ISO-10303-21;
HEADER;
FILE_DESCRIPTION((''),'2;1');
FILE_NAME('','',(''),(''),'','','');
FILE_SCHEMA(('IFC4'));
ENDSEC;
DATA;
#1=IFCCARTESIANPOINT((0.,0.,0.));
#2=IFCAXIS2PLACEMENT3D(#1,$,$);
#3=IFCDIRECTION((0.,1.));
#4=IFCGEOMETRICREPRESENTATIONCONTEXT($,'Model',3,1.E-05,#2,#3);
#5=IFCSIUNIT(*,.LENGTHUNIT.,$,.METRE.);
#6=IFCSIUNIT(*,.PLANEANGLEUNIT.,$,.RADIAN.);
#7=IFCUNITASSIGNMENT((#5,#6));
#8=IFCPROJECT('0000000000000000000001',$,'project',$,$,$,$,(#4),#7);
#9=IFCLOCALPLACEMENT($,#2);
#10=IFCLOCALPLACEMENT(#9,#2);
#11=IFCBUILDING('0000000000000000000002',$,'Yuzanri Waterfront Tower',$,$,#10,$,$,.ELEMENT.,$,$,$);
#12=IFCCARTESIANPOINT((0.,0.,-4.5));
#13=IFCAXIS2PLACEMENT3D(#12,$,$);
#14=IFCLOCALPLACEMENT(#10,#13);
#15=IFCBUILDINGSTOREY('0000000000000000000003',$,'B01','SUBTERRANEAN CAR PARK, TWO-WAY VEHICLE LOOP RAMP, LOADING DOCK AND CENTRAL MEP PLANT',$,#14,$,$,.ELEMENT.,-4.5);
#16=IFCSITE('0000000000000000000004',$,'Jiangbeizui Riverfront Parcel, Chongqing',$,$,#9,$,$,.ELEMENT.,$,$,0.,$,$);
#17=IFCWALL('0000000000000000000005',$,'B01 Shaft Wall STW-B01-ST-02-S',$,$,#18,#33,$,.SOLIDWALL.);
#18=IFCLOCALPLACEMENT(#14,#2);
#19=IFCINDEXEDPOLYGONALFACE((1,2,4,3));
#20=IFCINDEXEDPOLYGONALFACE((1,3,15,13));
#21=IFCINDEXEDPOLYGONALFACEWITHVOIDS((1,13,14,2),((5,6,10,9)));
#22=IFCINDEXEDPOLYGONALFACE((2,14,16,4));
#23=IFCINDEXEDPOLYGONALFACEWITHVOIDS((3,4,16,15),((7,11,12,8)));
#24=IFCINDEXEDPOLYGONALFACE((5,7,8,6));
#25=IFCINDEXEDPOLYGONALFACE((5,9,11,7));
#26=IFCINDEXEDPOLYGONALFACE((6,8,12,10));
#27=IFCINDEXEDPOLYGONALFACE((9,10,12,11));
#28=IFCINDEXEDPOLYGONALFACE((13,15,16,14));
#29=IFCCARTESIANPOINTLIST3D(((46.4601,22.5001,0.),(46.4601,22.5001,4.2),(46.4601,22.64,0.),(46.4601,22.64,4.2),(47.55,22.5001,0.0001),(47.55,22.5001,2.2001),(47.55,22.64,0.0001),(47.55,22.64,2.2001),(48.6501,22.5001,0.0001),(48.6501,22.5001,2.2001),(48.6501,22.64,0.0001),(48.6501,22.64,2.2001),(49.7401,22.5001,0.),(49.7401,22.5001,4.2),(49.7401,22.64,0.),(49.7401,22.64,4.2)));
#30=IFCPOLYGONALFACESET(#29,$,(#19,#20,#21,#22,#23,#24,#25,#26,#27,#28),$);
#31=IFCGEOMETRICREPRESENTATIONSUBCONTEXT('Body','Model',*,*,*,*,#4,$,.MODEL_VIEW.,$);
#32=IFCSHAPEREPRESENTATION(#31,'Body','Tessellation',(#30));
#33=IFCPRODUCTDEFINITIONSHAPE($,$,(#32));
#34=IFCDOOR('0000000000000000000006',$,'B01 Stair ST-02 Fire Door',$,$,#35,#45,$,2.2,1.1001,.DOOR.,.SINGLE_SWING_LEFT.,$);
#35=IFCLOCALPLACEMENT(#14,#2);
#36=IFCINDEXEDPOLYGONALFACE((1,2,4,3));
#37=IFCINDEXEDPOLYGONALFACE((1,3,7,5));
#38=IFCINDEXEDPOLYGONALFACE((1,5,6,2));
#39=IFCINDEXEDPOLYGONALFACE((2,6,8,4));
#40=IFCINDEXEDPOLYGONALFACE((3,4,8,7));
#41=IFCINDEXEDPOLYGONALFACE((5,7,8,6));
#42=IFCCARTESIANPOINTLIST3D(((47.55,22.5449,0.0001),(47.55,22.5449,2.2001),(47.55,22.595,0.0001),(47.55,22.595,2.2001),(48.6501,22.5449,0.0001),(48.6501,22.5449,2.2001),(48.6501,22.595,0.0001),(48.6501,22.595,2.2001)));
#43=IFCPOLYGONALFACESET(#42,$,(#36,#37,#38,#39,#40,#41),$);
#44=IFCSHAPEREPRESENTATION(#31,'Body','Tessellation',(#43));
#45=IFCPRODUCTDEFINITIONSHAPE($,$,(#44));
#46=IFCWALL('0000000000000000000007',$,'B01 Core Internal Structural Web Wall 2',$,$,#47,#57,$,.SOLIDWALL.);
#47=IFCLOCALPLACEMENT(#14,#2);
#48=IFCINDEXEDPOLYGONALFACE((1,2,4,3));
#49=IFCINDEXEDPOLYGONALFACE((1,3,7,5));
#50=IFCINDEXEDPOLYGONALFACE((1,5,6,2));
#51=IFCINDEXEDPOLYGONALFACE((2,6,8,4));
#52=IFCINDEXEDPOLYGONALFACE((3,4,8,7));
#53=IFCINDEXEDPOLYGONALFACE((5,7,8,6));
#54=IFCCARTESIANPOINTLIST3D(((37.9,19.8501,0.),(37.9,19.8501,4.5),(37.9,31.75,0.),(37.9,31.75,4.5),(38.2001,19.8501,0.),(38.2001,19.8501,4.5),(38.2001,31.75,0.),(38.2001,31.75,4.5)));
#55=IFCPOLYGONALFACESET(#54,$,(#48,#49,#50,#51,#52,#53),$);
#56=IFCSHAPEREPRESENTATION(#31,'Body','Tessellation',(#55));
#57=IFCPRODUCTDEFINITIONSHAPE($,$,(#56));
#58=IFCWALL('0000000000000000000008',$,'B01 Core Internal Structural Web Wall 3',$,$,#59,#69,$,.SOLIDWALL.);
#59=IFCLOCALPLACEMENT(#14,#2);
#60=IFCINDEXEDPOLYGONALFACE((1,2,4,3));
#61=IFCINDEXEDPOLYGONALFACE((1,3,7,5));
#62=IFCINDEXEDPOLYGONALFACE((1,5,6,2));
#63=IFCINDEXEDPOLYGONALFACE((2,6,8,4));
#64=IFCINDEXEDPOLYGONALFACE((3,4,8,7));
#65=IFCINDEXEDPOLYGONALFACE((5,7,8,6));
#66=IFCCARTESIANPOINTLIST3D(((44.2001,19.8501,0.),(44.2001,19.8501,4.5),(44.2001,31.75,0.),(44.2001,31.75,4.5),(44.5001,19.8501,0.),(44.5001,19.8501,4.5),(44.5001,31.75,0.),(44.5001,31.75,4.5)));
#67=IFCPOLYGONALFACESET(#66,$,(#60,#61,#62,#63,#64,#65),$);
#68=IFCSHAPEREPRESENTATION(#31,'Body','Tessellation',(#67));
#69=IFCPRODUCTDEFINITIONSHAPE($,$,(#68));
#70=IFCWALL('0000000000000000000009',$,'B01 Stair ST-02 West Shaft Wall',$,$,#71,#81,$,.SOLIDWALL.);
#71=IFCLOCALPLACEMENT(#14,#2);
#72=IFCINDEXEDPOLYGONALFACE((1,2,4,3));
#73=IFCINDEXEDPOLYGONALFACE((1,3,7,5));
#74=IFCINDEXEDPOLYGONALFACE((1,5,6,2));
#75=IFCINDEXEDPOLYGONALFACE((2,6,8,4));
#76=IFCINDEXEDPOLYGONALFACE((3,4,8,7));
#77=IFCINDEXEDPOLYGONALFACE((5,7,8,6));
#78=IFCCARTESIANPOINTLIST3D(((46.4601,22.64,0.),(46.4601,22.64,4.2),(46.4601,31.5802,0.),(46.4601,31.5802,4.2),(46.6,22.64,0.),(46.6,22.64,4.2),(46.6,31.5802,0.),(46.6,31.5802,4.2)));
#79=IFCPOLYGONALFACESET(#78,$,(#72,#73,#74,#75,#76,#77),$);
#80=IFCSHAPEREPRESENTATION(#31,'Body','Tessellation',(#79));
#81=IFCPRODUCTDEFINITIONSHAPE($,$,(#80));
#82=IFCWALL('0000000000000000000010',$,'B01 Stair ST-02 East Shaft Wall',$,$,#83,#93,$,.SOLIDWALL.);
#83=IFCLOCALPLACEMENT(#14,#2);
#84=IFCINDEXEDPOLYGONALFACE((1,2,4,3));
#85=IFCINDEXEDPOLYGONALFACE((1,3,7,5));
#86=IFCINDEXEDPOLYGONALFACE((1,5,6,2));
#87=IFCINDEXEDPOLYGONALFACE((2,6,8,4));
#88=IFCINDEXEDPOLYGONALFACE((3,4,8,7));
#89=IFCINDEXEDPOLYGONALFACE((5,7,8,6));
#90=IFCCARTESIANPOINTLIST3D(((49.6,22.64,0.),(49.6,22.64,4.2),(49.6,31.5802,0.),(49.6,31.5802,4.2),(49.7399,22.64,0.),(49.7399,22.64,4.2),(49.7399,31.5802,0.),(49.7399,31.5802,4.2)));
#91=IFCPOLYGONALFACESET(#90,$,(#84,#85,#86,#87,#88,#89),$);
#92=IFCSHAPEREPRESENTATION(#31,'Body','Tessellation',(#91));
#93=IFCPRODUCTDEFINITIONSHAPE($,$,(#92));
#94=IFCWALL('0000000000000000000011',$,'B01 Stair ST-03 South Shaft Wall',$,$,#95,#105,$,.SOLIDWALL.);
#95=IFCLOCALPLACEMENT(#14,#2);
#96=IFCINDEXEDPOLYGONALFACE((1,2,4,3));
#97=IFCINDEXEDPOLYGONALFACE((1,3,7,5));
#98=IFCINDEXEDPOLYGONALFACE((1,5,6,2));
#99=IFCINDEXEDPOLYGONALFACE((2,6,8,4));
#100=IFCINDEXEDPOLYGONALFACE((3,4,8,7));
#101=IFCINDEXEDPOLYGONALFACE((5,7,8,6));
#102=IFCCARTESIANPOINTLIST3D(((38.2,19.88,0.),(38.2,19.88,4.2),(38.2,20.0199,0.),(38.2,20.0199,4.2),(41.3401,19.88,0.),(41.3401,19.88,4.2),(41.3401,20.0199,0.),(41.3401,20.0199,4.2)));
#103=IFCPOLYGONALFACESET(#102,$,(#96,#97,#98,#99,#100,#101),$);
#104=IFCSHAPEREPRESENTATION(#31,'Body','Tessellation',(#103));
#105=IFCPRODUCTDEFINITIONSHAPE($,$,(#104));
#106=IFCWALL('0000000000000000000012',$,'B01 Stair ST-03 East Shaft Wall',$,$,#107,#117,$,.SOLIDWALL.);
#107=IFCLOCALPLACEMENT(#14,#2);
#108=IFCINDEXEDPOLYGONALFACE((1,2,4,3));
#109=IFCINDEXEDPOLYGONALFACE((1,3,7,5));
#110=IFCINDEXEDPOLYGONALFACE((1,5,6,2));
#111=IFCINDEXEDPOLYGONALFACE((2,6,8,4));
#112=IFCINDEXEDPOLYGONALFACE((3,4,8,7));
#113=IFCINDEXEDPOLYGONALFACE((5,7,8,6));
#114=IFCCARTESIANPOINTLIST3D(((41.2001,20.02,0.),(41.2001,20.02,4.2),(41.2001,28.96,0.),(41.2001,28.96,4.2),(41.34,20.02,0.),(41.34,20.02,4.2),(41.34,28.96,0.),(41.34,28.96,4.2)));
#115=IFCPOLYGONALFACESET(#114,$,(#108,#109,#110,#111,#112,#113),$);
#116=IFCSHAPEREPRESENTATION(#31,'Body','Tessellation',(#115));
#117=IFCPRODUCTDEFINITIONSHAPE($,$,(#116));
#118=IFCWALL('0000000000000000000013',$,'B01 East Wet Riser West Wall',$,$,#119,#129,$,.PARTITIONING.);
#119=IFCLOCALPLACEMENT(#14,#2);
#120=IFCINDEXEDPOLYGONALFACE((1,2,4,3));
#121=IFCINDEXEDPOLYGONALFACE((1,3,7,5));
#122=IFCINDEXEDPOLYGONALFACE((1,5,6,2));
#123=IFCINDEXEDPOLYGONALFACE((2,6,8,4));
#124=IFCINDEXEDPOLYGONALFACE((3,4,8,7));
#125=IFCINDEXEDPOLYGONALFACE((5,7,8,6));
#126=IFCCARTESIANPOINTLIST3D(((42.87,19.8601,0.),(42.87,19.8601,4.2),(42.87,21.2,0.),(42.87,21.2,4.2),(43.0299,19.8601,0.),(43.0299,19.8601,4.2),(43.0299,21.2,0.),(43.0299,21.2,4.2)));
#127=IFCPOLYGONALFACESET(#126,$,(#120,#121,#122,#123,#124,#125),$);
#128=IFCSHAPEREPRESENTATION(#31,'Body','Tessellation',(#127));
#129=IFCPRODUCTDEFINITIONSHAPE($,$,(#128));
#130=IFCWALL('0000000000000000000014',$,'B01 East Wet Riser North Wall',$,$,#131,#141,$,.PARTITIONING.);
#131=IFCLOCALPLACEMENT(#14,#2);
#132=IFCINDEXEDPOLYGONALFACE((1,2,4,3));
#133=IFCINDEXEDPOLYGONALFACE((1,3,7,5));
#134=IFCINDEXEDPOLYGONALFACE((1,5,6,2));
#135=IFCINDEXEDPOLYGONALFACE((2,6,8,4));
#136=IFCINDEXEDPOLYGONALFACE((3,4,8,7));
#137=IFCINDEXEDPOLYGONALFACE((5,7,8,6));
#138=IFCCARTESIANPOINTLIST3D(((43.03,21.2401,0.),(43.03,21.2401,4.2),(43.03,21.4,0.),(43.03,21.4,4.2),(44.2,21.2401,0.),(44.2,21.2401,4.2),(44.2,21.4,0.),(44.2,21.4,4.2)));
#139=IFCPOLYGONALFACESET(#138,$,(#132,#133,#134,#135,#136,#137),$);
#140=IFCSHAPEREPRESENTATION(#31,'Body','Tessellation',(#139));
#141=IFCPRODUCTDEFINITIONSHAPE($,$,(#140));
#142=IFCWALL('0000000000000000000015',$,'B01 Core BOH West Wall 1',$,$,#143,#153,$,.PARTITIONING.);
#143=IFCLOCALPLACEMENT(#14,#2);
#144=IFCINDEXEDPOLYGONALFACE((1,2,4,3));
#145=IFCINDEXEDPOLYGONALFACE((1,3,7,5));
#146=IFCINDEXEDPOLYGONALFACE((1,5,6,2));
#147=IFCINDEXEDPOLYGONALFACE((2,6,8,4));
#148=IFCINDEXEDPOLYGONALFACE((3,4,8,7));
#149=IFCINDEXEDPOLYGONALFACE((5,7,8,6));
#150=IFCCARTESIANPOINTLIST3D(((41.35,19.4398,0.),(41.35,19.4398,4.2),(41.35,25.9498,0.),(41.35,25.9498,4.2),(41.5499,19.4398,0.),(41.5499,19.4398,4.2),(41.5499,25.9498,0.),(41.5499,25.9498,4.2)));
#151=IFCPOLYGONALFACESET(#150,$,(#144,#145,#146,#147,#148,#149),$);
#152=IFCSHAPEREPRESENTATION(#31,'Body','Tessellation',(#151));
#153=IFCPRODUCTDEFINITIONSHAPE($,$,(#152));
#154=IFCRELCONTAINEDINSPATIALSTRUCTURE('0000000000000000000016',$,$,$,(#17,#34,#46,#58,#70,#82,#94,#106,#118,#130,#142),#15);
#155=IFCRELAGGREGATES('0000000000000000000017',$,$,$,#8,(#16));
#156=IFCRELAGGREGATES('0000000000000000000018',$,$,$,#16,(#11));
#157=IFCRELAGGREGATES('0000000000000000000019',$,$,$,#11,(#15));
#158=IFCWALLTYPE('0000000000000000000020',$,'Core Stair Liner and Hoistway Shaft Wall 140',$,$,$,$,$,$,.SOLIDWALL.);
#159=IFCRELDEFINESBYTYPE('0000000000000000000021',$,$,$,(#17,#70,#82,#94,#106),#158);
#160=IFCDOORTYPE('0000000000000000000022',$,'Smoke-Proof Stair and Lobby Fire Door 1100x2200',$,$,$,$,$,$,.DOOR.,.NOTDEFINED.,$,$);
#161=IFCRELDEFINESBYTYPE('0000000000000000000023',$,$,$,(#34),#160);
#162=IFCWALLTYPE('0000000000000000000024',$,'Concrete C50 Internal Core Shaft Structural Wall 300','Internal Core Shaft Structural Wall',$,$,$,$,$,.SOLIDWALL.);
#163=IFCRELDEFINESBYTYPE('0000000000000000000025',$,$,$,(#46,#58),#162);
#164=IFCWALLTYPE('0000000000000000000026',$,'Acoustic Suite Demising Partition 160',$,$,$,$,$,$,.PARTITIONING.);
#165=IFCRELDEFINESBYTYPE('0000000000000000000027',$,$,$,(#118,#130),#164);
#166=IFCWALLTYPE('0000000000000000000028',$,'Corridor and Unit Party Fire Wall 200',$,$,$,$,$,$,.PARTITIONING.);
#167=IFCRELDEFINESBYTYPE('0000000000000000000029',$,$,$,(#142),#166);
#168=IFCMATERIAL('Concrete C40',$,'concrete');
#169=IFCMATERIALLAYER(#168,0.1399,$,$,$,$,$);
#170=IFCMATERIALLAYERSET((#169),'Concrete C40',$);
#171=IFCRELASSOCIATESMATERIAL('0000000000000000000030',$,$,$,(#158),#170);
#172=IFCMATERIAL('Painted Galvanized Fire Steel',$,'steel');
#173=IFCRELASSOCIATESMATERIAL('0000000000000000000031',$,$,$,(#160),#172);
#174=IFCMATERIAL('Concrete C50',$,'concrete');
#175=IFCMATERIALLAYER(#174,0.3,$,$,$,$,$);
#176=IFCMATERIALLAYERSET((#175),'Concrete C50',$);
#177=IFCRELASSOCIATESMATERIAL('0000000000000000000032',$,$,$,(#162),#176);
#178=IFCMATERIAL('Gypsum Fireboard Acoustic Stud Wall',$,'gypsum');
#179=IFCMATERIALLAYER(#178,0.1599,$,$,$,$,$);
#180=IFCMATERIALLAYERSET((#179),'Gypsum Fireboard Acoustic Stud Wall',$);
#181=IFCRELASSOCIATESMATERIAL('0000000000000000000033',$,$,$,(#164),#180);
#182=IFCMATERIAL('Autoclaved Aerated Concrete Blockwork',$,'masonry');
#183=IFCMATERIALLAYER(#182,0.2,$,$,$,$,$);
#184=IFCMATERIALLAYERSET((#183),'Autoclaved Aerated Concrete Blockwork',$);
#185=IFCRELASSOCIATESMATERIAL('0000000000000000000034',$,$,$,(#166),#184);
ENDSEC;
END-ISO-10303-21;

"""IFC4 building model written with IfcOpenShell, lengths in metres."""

from ifc_helpers import new_model, si_unit, direction, frame, frame_2d, origin, place, context, subcontext, project, spatial, rectangle, extrude, source, transform, mapped, material, layer, layer_set, type_object, element, fill, save


model = new_model("IFC4")

# Units and contexts
model_context = context("Model", 3, precision=1e-05, world=origin(), true_north=direction((0.0, 1.0)))
body_context = subcontext(model_context, "Body", "Model", "MODEL_VIEW")
ifc_project = project(units=[si_unit("LENGTHUNIT", "METRE"), si_unit("PLANEANGLEUNIT", "RADIAN")], contexts=[model_context])

# Site, building, storey
site_placement = place(None, origin())
site = spatial("IfcSite", under=ifc_project, at=site_placement, Name="Jiangbeizui Riverfront Parcel, Chongqing", CompositionType="ELEMENT", RefElevation=0.0)
building_placement = place(site_placement, origin())
building = spatial("IfcBuilding", under=site, at=building_placement, Name="Yuzanri Waterfront Tower", CompositionType="ELEMENT")
storey_placement = place(building_placement, frame((0.0, 0.0, -4.5)))
storey = spatial("IfcBuildingStorey", under=building, at=storey_placement, Name="B01", Description="SUBTERRANEAN CAR PARK, TWO-WAY VEHICLE LOOP RAMP, LOADING DOCK AND CENTRAL MEP PLANT", CompositionType="ELEMENT", Elevation=-4.5)

# Wall, opening, door
ifc_material_1 = material(Name="Concrete C40", Category="concrete")
ifc_layer_1 = layer(ifc_material_1, 0.1399)
ifc_layer_set_1 = layer_set([ifc_layer_1], Name="Concrete C40")
wall_type_1 = type_object("IfcWallType", Name="Core Stair Liner and Hoistway Shaft Wall 140", PredefinedType="SOLIDWALL", material=ifc_layer_set_1)
wall_1_placement = place(storey_placement, frame((46.46, 22.5701, 0.0), z_axis=(0.0, 0.0, 1.0), x_axis=(1.0, 0.0, 0.0)))
wall_1 = element("IfcWall", 1, at=wall_1_placement, inside=storey, type_object=wall_type_1, Name="B01 Shaft Wall STW-B01-ST-02-S", PredefinedType="SOLIDWALL", context=body_context, shape_type="SweptSolid", body=[
    extrude(rectangle(XDim=3.28, YDim=0.1399, at=frame_2d((1.6401, 0.0))), origin(), (0.0, 0.0, 1.0), 4.2),
])
opening_1_placement = place(wall_1_placement, frame((1.0901, 0.0, 0.0)))
opening_1 = element("IfcOpeningElement", 2, at=opening_1_placement, cuts=wall_1, PredefinedType="OPENING", context=body_context, shape_type="SweptSolid", body=[
    extrude(rectangle(XDim=1.1001, YDim=2.2, at=frame_2d((0.55, 1.1001))), frame((0.0, 0.085, 0.0), z_axis=(0.0, -1.0, 0.0), x_axis=(1.0, 0.0, 0.0)), (0.0, 0.0, 1.0), 0.1697),
])
ifc_material_2 = material(Name="Painted Galvanized Fire Steel", Category="steel")
door_type_1 = type_object("IfcDoorType", Name="Smoke-Proof Stair and Lobby Fire Door 1100x2200", OperationType="NOTDEFINED", PredefinedType="DOOR", material=ifc_material_2)
shared_shape_1 = source(origin(), body_context, "Body", "SweptSolid", [
    extrude(rectangle(XDim=1.1001, YDim=2.2, at=frame_2d((0.55, 1.1001))), frame((0.0, 0.0249, 0.0), z_axis=(0.0, -1.0, 0.0), x_axis=(1.0, 0.0, 0.0)), (0.0, 0.0, 1.0), 0.05),
])
door_1_placement = place(opening_1_placement, origin())
door_1 = element("IfcDoor", 3, at=door_1_placement, inside=storey, type_object=door_type_1, Name="B01 Stair ST-02 Fire Door", OperationType="SINGLE_SWING_LEFT", OverallHeight=2.2, OverallWidth=1.1001, PredefinedType="DOOR", context=body_context, shape_type="MappedRepresentation", body=[
    mapped(shared_shape_1, transform((0.0, 0.0, 0.0), scale=1.0)),
])
fill(opening_1, door_1)

# Walls
ifc_material_3 = material(Name="Concrete C50", Category="concrete")
ifc_layer_2 = layer(ifc_material_3, 0.3)
ifc_layer_set_2 = layer_set([ifc_layer_2], Name="Concrete C50")
wall_type_2 = type_object("IfcWallType", Name="Concrete C50 Internal Core Shaft Structural Wall 300", Description="Internal Core Shaft Structural Wall", PredefinedType="SOLIDWALL", material=ifc_layer_set_2)
shared_shape_2 = source(origin(), body_context, "Body", "SweptSolid", [
    extrude(rectangle(XDim=11.8999, YDim=0.3, at=frame_2d((5.95, 0.0))), origin(), (0.0, 0.0, 1.0), 4.5),
])
for number, where, z_axis, x_axis, name in (
    (4, (38.05, 19.8501, 0.0), (0.0, 0.0, 1.0), (0.0, 1.0, 0.0), "B01 Core Internal Structural Web Wall 2"),
    (5, (44.3501, 19.8501, 0.0), (0.0, 0.0, 1.0), (0.0, 1.0, 0.0), "B01 Core Internal Structural Web Wall 3"),
):
    element("IfcWall", number, at=place(storey_placement, frame(where, z_axis=z_axis, x_axis=x_axis)), inside=storey, type_object=wall_type_2, Name=name, PredefinedType="SOLIDWALL", context=body_context, shape_type="MappedRepresentation", body=[
        mapped(shared_shape_2, transform((0.0, 0.0, 0.0), scale=1.0)),
    ])
shared_shape_3 = source(origin(), body_context, "Body", "SweptSolid", [
    extrude(rectangle(XDim=8.9402, YDim=0.1399, at=frame_2d((4.4702, 0.0))), origin(), (0.0, 0.0, 1.0), 4.2),
])
for number, where, z_axis, x_axis, name in (
    (6, (46.53, 22.6399, 0.0), (0.0, 0.0, 1.0), (0.0, 1.0, 0.0), "B01 Stair ST-02 West Shaft Wall"),
    (7, (49.6699, 22.6399, 0.0), (0.0, 0.0, 1.0), (0.0, 1.0, 0.0), "B01 Stair ST-02 East Shaft Wall"),
):
    element("IfcWall", number, at=place(storey_placement, frame(where, z_axis=z_axis, x_axis=x_axis)), inside=storey, type_object=wall_type_1, Name=name, PredefinedType="SOLIDWALL", context=body_context, shape_type="MappedRepresentation", body=[
        mapped(shared_shape_3, transform((0.0, 0.0, 0.0), scale=1.0)),
    ])
shared_shape_4 = source(origin(), body_context, "Body", "SweptSolid", [
    extrude(rectangle(XDim=3.1401, YDim=0.1399, at=frame_2d((1.5701, 0.0))), origin(), (0.0, 0.0, 1.0), 4.2),
])
wall_2_placement = place(storey_placement, frame((38.2, 19.95, 0.0), z_axis=(0.0, 0.0, 1.0), x_axis=(1.0, 0.0, 0.0)))
element("IfcWall", 8, at=wall_2_placement, inside=storey, type_object=wall_type_1, Name="B01 Stair ST-03 South Shaft Wall", PredefinedType="SOLIDWALL", context=body_context, shape_type="MappedRepresentation", body=[
    mapped(shared_shape_4, transform((0.0, 0.0, 0.0), scale=1.0)),
])
shared_shape_5 = source(origin(), body_context, "Body", "SweptSolid", [
    extrude(rectangle(XDim=8.9399, YDim=0.1399, at=frame_2d((4.47, 0.0))), origin(), (0.0, 0.0, 1.0), 4.2),
])
wall_3_placement = place(storey_placement, frame((41.27, 20.02, 0.0), z_axis=(0.0, 0.0, 1.0), x_axis=(0.0, 1.0, 0.0)))
element("IfcWall", 9, at=wall_3_placement, inside=storey, type_object=wall_type_1, Name="B01 Stair ST-03 East Shaft Wall", PredefinedType="SOLIDWALL", context=body_context, shape_type="MappedRepresentation", body=[
    mapped(shared_shape_5, transform((0.0, 0.0, 0.0), scale=1.0)),
])
ifc_material_4 = material(Name="Gypsum Fireboard Acoustic Stud Wall", Category="gypsum")
ifc_layer_3 = layer(ifc_material_4, 0.1599)
ifc_layer_set_3 = layer_set([ifc_layer_3], Name="Gypsum Fireboard Acoustic Stud Wall")
wall_type_3 = type_object("IfcWallType", Name="Acoustic Suite Demising Partition 160", PredefinedType="PARTITIONING", material=ifc_layer_set_3)
shared_shape_6 = source(origin(), body_context, "Body", "SweptSolid", [
    extrude(rectangle(XDim=1.3398, YDim=0.1599, at=frame_2d((0.6699, 0.0))), origin(), (0.0, 0.0, 1.0), 4.2),
])
wall_4_placement = place(storey_placement, frame((42.95, 19.8601, 0.0), z_axis=(0.0, 0.0, 1.0), x_axis=(0.0, 1.0, 0.0)))
element("IfcWall", 10, at=wall_4_placement, inside=storey, type_object=wall_type_3, Name="B01 East Wet Riser West Wall", PredefinedType="PARTITIONING", context=body_context, shape_type="MappedRepresentation", body=[
    mapped(shared_shape_6, transform((0.0, 0.0, 0.0), scale=1.0)),
])
shared_shape_7 = source(origin(), body_context, "Body", "SweptSolid", [
    extrude(rectangle(XDim=1.1699, YDim=0.1599, at=frame_2d((0.585, 0.0))), origin(), (0.0, 0.0, 1.0), 4.2),
])
wall_5_placement = place(storey_placement, frame((43.03, 21.3201, 0.0), z_axis=(0.0, 0.0, 1.0), x_axis=(1.0, 0.0, 0.0)))
element("IfcWall", 11, at=wall_5_placement, inside=storey, type_object=wall_type_3, Name="B01 East Wet Riser North Wall", PredefinedType="PARTITIONING", context=body_context, shape_type="MappedRepresentation", body=[
    mapped(shared_shape_7, transform((0.0, 0.0, 0.0), scale=1.0)),
])
ifc_material_5 = material(Name="Autoclaved Aerated Concrete Blockwork", Category="masonry")
ifc_layer_4 = layer(ifc_material_5, 0.2)
ifc_layer_set_4 = layer_set([ifc_layer_4], Name="Autoclaved Aerated Concrete Blockwork")
wall_type_4 = type_object("IfcWallType", Name="Corridor and Unit Party Fire Wall 200", PredefinedType="PARTITIONING", material=ifc_layer_set_4)
shared_shape_8 = source(origin(), body_context, "Body", "SweptSolid", [
    extrude(rectangle(XDim=6.51, YDim=0.2, at=frame_2d((3.2549, 0.0))), origin(), (0.0, 0.0, 1.0), 4.2),
])
wall_6_placement = place(storey_placement, frame((41.45, 19.4399, 0.0), z_axis=(0.0, 0.0, 1.0), x_axis=(0.0, 1.0, 0.0)))
element("IfcWall", 12, at=wall_6_placement, inside=storey, type_object=wall_type_4, Name="B01 Core BOH West Wall 1", PredefinedType="PARTITIONING", context=body_context, shape_type="MappedRepresentation", body=[
    mapped(shared_shape_8, transform((0.0, 0.0, 0.0), scale=1.0)),
])

save(model, "model.ifc")
